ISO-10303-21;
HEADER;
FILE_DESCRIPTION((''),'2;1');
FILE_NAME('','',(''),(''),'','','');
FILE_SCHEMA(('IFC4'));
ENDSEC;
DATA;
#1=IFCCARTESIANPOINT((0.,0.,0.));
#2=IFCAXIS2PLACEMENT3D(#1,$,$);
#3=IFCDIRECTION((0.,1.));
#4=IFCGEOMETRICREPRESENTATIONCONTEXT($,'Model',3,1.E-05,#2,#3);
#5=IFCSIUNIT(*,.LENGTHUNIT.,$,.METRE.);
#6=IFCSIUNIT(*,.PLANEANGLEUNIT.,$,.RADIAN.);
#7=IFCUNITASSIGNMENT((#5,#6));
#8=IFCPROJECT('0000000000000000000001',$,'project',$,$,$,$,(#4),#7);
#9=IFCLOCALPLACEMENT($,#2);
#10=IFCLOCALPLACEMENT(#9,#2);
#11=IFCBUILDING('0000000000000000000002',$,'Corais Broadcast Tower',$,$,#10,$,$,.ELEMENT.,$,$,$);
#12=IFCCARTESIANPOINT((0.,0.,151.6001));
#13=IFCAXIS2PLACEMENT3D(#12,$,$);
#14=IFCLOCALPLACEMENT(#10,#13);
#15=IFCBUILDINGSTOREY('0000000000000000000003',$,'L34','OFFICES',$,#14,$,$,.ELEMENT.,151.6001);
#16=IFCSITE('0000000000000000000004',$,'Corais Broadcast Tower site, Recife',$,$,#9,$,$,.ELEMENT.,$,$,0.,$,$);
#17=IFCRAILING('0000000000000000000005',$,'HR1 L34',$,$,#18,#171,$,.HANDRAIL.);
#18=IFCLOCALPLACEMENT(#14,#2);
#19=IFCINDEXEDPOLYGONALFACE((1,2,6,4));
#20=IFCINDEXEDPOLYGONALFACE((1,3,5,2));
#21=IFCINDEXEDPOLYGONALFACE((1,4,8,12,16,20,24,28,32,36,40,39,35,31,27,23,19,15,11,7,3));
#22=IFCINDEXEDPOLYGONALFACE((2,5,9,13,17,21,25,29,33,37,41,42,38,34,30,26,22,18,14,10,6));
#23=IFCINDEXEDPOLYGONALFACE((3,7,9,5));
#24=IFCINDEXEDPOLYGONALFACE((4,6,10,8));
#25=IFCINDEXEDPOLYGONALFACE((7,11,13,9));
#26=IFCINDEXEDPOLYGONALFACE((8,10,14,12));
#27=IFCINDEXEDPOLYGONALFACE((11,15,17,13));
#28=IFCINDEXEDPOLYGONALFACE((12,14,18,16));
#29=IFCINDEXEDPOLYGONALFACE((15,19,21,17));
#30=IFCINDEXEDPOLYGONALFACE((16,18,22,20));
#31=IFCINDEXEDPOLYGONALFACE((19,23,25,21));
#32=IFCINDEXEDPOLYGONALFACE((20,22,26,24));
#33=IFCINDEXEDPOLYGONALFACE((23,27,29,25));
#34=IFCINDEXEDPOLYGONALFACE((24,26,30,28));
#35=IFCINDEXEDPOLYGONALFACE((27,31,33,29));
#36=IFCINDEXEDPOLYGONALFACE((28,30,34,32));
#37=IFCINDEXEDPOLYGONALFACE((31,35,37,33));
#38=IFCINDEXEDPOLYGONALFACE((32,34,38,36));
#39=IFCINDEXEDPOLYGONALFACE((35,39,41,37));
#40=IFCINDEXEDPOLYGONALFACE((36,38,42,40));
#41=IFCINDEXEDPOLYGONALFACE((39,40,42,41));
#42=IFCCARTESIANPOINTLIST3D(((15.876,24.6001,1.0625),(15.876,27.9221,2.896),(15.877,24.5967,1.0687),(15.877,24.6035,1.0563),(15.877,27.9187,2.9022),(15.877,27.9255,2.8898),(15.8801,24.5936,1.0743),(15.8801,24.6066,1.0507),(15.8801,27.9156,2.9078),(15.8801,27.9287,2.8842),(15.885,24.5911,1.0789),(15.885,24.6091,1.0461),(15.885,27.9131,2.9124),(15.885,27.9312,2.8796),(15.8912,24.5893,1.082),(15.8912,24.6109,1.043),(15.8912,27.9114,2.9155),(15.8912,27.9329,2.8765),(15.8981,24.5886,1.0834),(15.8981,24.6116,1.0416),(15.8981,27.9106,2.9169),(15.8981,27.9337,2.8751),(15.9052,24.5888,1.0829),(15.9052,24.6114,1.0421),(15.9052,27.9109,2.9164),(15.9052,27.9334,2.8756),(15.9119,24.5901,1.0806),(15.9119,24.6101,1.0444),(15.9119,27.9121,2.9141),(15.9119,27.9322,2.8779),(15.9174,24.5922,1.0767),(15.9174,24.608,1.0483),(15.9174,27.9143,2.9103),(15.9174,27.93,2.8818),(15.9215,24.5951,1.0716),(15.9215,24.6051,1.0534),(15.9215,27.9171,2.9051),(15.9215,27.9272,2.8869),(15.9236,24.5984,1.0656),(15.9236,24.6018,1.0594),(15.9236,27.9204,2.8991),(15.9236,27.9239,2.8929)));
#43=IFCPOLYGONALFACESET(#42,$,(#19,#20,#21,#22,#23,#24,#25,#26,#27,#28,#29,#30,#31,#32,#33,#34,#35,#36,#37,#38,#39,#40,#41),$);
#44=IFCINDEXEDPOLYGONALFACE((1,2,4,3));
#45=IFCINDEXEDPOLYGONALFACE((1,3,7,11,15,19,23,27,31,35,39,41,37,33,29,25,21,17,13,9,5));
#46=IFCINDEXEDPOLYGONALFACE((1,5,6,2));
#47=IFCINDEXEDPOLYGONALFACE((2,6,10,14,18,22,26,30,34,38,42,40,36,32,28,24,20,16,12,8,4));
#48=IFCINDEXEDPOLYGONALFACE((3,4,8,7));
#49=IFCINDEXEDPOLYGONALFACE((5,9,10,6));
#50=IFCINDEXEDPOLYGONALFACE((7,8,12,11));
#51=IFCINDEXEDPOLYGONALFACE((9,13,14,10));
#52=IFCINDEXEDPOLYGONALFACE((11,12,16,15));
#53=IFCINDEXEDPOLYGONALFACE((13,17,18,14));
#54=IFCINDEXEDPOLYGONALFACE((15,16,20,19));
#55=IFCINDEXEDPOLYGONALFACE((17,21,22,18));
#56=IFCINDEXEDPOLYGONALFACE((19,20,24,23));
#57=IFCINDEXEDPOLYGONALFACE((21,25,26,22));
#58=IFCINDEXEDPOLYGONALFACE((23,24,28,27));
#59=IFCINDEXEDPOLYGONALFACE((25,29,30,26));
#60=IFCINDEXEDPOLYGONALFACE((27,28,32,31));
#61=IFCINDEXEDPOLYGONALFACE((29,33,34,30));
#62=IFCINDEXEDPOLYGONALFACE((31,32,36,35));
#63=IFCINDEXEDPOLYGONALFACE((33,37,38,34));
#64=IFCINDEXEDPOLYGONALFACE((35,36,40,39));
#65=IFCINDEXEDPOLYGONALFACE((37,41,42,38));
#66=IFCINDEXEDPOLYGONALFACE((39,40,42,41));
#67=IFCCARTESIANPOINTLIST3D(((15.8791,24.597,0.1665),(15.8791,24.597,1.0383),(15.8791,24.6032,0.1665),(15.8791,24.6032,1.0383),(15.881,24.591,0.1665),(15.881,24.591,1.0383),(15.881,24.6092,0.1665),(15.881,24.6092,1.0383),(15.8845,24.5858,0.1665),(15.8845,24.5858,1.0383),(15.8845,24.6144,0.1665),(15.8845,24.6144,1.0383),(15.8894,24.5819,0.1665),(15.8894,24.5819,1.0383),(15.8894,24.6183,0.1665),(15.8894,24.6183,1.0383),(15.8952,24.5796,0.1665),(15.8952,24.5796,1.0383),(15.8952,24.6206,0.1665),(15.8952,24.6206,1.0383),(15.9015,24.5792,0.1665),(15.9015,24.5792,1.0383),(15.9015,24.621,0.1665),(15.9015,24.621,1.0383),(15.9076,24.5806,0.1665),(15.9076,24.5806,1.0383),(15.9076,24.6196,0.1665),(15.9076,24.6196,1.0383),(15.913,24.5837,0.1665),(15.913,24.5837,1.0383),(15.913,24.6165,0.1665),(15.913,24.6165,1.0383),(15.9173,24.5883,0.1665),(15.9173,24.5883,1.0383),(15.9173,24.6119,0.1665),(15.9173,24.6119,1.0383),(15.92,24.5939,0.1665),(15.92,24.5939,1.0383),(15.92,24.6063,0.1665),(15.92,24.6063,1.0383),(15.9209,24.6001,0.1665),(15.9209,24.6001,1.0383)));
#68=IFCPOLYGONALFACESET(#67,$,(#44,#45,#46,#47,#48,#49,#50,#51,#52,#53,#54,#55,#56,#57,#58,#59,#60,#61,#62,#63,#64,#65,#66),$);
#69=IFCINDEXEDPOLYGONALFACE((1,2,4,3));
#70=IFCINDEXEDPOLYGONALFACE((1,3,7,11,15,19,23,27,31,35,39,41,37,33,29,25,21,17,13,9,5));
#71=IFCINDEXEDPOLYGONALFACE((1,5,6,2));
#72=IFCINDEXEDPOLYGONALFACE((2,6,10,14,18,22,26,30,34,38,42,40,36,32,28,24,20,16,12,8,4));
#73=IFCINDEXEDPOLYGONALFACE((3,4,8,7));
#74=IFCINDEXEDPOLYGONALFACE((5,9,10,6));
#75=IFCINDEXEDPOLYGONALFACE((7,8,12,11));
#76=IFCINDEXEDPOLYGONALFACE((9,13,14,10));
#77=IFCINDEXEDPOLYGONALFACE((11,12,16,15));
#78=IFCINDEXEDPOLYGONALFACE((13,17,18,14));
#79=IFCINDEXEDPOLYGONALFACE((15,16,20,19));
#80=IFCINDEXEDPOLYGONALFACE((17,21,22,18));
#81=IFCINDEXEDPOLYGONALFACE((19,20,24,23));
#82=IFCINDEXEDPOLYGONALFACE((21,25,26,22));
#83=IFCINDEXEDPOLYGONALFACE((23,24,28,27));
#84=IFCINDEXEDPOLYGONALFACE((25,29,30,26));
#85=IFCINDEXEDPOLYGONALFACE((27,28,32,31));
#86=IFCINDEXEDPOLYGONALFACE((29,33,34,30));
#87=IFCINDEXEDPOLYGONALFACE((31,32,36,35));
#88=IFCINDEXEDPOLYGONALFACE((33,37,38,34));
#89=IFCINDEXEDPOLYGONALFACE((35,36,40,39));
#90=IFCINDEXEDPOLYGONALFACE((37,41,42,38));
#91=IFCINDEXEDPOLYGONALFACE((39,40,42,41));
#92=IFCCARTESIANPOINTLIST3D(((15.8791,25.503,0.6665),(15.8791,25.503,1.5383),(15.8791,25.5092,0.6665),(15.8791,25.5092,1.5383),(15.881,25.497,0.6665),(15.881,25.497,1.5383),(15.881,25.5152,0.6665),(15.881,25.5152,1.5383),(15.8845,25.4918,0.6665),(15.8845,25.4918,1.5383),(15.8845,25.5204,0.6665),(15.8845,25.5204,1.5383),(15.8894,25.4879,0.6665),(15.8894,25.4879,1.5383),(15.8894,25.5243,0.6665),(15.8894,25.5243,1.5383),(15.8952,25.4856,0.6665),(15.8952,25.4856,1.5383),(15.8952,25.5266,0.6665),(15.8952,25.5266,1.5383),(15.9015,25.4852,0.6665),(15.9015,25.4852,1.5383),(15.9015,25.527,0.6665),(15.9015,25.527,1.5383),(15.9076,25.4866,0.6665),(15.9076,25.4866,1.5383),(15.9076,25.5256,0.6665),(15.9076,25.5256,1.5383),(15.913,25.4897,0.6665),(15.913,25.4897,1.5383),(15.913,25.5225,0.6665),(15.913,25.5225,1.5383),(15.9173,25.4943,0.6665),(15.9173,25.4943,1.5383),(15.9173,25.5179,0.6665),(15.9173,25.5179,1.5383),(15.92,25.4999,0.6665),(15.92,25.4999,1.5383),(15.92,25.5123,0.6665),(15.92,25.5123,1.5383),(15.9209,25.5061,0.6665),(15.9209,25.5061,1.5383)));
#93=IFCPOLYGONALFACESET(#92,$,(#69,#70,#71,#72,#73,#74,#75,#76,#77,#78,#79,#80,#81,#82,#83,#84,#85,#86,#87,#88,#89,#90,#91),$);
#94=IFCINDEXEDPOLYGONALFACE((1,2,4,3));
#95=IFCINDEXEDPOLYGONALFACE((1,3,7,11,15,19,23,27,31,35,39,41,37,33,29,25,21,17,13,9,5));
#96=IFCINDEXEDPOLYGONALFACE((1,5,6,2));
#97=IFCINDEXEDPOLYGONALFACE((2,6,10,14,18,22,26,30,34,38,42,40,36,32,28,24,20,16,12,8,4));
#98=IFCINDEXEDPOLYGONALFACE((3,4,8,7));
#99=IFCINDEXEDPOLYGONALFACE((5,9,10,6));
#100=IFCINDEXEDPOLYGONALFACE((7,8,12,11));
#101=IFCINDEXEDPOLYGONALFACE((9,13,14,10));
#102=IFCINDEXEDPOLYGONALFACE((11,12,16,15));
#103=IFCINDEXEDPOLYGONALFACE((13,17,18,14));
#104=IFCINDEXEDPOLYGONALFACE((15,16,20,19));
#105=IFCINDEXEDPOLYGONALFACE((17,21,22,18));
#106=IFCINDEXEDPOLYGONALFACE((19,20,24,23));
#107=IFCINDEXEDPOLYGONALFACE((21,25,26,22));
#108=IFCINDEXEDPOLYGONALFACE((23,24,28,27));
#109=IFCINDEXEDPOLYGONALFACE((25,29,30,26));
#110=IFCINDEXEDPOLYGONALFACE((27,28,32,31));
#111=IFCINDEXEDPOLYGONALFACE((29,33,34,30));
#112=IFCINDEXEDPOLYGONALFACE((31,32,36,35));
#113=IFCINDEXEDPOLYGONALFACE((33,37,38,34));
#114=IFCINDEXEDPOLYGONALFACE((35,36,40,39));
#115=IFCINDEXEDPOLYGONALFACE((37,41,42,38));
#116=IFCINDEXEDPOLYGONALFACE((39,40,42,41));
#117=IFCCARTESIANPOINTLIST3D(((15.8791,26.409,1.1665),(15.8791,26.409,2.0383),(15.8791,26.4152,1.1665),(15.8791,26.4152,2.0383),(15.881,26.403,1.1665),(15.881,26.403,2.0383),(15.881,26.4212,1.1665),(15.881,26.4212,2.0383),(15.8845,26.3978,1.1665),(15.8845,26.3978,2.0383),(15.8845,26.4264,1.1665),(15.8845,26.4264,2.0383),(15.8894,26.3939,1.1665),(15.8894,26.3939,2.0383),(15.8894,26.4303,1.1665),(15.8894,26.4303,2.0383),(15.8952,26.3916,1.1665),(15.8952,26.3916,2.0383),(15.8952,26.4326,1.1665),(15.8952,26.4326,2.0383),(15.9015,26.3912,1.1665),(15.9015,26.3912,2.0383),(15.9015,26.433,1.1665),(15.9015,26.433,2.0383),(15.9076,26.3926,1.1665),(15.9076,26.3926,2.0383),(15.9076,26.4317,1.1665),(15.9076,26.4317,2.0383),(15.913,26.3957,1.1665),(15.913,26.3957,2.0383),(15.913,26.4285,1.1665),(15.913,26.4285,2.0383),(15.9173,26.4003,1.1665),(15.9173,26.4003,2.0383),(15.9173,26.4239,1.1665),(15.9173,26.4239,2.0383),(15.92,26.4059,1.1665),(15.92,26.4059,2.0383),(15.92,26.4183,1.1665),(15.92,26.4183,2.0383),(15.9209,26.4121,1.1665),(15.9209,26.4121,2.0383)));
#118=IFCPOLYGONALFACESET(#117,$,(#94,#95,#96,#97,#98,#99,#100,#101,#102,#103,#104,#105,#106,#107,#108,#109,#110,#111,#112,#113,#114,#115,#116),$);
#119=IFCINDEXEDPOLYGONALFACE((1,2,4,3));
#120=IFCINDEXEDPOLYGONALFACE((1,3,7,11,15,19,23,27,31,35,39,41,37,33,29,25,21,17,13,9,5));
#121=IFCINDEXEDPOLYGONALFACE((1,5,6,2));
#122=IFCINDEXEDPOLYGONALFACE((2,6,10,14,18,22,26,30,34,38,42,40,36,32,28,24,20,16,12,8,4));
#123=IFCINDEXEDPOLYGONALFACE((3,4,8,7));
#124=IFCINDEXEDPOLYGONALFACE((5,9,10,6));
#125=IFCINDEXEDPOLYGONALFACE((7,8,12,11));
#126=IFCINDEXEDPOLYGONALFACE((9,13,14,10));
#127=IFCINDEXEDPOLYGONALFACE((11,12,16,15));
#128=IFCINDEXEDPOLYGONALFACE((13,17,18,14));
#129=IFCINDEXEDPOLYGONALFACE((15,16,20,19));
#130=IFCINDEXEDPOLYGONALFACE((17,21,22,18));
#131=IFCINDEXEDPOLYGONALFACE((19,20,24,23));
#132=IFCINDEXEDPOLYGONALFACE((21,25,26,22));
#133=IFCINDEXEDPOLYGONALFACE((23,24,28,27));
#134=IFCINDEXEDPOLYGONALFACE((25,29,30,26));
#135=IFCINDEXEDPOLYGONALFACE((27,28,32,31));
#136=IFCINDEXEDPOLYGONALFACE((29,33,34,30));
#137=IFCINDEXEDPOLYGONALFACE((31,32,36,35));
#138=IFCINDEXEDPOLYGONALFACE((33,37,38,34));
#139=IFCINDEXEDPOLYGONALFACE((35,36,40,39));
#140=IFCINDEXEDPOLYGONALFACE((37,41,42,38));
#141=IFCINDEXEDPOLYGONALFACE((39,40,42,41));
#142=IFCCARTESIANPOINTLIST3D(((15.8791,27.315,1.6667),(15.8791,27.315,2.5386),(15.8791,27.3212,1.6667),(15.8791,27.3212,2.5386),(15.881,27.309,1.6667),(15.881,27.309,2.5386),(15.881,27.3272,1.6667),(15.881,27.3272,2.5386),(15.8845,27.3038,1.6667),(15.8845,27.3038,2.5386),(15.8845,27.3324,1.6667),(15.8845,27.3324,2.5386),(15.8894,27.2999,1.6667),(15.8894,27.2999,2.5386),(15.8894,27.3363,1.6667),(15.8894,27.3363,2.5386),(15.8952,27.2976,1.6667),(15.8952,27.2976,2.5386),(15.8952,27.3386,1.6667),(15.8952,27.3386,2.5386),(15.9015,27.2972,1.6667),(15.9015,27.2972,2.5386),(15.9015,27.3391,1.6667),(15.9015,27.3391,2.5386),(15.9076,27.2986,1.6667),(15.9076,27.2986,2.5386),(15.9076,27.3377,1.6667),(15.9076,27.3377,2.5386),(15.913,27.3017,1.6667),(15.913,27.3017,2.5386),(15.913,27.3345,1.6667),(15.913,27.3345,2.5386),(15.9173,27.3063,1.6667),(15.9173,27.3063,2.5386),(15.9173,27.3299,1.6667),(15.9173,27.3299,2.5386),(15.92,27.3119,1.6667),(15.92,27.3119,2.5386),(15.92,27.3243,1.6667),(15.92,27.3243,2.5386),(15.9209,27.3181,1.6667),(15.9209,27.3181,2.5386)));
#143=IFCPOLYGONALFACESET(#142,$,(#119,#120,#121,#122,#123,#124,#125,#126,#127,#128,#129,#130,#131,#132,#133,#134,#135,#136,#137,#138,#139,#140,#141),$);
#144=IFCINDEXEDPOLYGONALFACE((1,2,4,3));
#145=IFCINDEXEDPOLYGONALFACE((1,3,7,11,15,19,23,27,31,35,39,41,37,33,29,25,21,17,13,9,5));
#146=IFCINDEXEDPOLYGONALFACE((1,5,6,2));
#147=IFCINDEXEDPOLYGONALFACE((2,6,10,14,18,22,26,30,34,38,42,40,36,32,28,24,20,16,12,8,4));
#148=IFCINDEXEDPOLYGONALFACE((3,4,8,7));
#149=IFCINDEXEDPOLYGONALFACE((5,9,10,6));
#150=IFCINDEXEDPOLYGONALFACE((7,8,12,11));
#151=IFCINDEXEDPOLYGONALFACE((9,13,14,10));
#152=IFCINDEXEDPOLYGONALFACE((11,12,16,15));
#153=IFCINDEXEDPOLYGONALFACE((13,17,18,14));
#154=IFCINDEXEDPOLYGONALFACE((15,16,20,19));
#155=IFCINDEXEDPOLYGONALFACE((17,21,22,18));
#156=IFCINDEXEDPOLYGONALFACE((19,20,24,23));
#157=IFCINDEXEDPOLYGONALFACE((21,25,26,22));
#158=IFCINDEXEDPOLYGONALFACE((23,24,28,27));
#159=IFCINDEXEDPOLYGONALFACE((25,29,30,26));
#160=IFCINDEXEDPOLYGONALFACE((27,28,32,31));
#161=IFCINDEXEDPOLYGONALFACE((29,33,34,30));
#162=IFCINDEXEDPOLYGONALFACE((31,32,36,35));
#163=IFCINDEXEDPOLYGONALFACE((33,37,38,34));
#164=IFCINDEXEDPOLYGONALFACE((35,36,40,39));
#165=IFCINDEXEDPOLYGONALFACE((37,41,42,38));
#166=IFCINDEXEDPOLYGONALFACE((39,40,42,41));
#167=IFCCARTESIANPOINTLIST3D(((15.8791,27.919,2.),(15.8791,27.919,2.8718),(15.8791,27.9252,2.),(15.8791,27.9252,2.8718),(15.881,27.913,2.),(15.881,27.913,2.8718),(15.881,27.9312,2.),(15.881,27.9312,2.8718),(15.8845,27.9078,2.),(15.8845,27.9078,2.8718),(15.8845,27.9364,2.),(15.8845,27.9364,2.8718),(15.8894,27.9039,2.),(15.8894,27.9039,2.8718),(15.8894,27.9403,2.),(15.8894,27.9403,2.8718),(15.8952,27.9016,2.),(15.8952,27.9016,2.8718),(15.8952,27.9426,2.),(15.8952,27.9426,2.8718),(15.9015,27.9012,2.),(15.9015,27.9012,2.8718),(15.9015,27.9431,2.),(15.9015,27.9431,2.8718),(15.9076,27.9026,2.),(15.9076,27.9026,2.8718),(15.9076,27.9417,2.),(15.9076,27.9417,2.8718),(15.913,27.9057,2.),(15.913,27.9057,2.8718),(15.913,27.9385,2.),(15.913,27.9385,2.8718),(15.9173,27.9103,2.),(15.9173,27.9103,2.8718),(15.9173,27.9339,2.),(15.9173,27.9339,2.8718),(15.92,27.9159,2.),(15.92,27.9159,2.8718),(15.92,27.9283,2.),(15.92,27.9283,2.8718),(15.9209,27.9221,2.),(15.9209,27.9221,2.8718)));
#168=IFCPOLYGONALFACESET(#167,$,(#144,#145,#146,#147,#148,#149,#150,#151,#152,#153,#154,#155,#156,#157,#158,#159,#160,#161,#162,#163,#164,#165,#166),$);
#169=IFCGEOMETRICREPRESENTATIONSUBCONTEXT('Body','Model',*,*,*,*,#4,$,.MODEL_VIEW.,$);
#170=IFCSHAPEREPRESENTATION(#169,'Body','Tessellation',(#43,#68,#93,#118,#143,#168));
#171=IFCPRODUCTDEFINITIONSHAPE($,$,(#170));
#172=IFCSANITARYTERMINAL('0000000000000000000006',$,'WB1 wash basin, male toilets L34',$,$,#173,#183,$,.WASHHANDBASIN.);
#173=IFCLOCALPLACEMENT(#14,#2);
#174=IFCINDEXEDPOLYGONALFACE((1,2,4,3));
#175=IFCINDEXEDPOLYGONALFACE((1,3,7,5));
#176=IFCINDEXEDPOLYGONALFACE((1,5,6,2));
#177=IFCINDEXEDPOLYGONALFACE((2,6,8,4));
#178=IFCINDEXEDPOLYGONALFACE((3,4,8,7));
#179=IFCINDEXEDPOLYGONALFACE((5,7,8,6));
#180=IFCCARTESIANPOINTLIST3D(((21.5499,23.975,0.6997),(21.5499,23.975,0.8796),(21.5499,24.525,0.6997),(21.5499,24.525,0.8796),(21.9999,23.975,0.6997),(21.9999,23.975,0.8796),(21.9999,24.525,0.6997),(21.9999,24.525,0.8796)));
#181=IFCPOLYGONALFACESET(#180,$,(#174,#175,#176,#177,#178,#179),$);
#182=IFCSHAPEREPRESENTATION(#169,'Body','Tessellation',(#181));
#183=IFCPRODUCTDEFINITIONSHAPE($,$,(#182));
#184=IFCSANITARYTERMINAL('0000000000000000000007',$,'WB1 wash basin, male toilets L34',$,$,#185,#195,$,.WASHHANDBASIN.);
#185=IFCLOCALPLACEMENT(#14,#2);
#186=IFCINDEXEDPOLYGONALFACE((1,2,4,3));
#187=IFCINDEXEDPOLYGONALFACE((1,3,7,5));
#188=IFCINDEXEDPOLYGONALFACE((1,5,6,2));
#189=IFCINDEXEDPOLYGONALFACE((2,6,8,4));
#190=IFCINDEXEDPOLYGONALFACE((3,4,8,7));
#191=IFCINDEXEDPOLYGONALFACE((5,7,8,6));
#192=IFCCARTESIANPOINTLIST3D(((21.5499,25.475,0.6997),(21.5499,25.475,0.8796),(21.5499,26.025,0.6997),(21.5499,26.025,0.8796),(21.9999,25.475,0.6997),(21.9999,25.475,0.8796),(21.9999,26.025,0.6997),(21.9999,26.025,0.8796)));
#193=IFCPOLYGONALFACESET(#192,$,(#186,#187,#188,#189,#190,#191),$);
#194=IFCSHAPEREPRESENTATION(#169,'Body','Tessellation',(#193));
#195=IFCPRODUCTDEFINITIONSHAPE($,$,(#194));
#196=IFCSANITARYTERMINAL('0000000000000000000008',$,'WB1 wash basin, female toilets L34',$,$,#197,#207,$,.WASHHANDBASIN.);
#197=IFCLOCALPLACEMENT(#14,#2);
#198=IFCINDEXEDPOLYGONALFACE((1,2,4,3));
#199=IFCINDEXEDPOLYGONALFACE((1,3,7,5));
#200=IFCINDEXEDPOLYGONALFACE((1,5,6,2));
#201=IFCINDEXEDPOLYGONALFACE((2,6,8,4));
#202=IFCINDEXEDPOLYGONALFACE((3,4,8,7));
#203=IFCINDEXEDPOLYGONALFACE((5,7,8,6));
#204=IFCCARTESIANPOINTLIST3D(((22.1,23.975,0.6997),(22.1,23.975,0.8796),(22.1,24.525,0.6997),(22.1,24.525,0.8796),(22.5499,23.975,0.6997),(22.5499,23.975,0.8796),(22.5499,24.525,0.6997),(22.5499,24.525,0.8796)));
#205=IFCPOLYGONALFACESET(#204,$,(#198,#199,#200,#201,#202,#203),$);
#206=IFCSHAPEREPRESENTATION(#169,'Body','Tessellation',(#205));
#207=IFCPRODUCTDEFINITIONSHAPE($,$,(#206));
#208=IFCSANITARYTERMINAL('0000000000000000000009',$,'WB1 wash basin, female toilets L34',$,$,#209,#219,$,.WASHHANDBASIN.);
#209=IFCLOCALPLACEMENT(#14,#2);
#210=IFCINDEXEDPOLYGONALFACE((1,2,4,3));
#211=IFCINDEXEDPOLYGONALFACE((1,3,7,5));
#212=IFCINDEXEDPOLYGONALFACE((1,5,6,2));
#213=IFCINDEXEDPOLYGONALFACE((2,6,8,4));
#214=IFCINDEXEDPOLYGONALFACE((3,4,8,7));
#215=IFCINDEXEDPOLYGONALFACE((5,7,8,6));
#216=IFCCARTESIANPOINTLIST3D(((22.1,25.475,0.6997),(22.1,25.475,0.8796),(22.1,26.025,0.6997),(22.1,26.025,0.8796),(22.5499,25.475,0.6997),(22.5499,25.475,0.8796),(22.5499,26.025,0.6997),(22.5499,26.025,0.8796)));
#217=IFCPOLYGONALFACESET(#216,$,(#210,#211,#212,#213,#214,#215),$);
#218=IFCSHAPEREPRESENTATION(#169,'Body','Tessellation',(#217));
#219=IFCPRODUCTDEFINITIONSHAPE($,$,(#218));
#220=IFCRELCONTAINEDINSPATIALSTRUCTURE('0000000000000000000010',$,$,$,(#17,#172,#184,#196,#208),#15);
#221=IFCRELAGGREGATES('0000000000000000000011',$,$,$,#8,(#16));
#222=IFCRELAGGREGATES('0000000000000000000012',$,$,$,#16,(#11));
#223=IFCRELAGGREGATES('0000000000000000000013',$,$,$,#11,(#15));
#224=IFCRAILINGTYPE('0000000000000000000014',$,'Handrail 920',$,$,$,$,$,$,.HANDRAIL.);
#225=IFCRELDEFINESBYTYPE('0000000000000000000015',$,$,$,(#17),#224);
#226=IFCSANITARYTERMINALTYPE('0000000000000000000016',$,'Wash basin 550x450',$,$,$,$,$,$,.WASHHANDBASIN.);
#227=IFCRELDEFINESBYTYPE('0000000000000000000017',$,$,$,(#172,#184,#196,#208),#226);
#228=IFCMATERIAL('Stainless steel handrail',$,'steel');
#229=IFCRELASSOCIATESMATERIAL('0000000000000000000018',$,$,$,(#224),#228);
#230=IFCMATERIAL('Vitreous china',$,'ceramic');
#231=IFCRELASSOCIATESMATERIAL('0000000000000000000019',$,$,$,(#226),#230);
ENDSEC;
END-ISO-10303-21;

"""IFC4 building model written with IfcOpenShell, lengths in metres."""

from ifc_helpers import new_model, si_unit, direction, frame, origin, origin_2d, place, context, subcontext, project, spatial, rectangle, circle, extrude, material, type_object, element, save


model = new_model("IFC4")

# Units and contexts
model_context = context("Model", 3, precision=1e-05, world=origin(), true_north=direction((0.0, 1.0)))
body_context = subcontext(model_context, "Body", "Model", "MODEL_VIEW")
ifc_project = project(units=[si_unit("LENGTHUNIT", "METRE"), si_unit("PLANEANGLEUNIT", "RADIAN")], contexts=[model_context])

# Site, building, storey
site_placement = place(None, origin())
site = spatial("IfcSite", under=ifc_project, at=site_placement, Name="Corais Broadcast Tower site, Recife", CompositionType="ELEMENT", RefElevation=0.0)
building_placement = place(site_placement, origin())
building = spatial("IfcBuilding", under=site, at=building_placement, Name="Corais Broadcast Tower", CompositionType="ELEMENT")
storey_placement = place(building_placement, frame((0.0, 0.0, 151.6001)))
storey = spatial("IfcBuildingStorey", under=building, at=storey_placement, Name="L34", Description="OFFICES", CompositionType="ELEMENT", Elevation=151.6001)

# Railing
ifc_material_1 = material(Name="Stainless steel handrail", Category="steel")
railing_type = type_object("IfcRailingType", Name="Handrail 920", PredefinedType="HANDRAIL", material=ifc_material_1)
for number, where, name in (
    (1, (15.8999, 24.6001, 0.1665), "HR1 L34"),
):
    element("IfcRailing", number, at=place(storey_placement, frame(where)), inside=storey, type_object=railing_type, Name=name, PredefinedType="HANDRAIL", context=body_context, shape_type="SweptSolid", body=[
        extrude(circle(Radius=0.0239, at=origin_2d()), frame((0.0, 0.0, 0.896), z_axis=(0.0, 0.875504, 0.48321), x_axis=(-1.0, 0.0, 0.0)), (0.0, 0.0, 1.0), 3.7944),
        extrude(circle(Radius=0.021, at=origin_2d()), origin(), (0.0, 0.0, 1.0), 0.8718),
        extrude(circle(Radius=0.021, at=origin_2d()), frame((0.0, 0.906, 0.5)), (0.0, 0.0, 1.0), 0.8718),
        extrude(circle(Radius=0.021, at=origin_2d()), frame((0.0, 1.812, 1.0)), (0.0, 0.0, 1.0), 0.8718),
        extrude(circle(Radius=0.021, at=origin_2d()), frame((0.0, 2.718, 1.5002)), (0.0, 0.0, 1.0), 0.8718),
        extrude(circle(Radius=0.021, at=origin_2d()), frame((0.0, 3.322, 1.8335)), (0.0, 0.0, 1.0), 0.8718),
    ])

# Sanitary terminals
ifc_material_2 = material(Name="Vitreous china", Category="ceramic")
sanitary_terminal_type = type_object("IfcSanitaryTerminalType", Name="Wash basin 550x450", PredefinedType="WASHHANDBASIN", material=ifc_material_2)
for number, where, z_axis, x_axis, name in (
    (2, (21.7749, 24.25, 0.6997), (0.0, 0.0, 1.0), (1.0, 0.0, 0.0), "WB1 wash basin, male toilets L34"),
    (3, (21.7749, 25.75, 0.6997), (0.0, 0.0, 1.0), (1.0, 0.0, 0.0), "WB1 wash basin, male toilets L34"),
    (4, (22.325, 24.25, 0.6997), (0.0, 0.0, 1.0), (1.0, 0.0, 0.0), "WB1 wash basin, female toilets L34"),
    (5, (22.325, 25.75, 0.6997), (0.0, 0.0, 1.0), (1.0, 0.0, 0.0), "WB1 wash basin, female toilets L34"),
):
    element("IfcSanitaryTerminal", number, at=place(storey_placement, frame(where, z_axis=z_axis, x_axis=x_axis)), inside=storey, type_object=sanitary_terminal_type, Name=name, PredefinedType="WASHHANDBASIN", context=body_context, shape_type="SweptSolid", body=[
        extrude(rectangle(XDim=0.45, YDim=0.55, at=origin_2d()), origin(), (0.0, 0.0, 1.0), 0.1799),
    ])

save(model, "model.ifc")
